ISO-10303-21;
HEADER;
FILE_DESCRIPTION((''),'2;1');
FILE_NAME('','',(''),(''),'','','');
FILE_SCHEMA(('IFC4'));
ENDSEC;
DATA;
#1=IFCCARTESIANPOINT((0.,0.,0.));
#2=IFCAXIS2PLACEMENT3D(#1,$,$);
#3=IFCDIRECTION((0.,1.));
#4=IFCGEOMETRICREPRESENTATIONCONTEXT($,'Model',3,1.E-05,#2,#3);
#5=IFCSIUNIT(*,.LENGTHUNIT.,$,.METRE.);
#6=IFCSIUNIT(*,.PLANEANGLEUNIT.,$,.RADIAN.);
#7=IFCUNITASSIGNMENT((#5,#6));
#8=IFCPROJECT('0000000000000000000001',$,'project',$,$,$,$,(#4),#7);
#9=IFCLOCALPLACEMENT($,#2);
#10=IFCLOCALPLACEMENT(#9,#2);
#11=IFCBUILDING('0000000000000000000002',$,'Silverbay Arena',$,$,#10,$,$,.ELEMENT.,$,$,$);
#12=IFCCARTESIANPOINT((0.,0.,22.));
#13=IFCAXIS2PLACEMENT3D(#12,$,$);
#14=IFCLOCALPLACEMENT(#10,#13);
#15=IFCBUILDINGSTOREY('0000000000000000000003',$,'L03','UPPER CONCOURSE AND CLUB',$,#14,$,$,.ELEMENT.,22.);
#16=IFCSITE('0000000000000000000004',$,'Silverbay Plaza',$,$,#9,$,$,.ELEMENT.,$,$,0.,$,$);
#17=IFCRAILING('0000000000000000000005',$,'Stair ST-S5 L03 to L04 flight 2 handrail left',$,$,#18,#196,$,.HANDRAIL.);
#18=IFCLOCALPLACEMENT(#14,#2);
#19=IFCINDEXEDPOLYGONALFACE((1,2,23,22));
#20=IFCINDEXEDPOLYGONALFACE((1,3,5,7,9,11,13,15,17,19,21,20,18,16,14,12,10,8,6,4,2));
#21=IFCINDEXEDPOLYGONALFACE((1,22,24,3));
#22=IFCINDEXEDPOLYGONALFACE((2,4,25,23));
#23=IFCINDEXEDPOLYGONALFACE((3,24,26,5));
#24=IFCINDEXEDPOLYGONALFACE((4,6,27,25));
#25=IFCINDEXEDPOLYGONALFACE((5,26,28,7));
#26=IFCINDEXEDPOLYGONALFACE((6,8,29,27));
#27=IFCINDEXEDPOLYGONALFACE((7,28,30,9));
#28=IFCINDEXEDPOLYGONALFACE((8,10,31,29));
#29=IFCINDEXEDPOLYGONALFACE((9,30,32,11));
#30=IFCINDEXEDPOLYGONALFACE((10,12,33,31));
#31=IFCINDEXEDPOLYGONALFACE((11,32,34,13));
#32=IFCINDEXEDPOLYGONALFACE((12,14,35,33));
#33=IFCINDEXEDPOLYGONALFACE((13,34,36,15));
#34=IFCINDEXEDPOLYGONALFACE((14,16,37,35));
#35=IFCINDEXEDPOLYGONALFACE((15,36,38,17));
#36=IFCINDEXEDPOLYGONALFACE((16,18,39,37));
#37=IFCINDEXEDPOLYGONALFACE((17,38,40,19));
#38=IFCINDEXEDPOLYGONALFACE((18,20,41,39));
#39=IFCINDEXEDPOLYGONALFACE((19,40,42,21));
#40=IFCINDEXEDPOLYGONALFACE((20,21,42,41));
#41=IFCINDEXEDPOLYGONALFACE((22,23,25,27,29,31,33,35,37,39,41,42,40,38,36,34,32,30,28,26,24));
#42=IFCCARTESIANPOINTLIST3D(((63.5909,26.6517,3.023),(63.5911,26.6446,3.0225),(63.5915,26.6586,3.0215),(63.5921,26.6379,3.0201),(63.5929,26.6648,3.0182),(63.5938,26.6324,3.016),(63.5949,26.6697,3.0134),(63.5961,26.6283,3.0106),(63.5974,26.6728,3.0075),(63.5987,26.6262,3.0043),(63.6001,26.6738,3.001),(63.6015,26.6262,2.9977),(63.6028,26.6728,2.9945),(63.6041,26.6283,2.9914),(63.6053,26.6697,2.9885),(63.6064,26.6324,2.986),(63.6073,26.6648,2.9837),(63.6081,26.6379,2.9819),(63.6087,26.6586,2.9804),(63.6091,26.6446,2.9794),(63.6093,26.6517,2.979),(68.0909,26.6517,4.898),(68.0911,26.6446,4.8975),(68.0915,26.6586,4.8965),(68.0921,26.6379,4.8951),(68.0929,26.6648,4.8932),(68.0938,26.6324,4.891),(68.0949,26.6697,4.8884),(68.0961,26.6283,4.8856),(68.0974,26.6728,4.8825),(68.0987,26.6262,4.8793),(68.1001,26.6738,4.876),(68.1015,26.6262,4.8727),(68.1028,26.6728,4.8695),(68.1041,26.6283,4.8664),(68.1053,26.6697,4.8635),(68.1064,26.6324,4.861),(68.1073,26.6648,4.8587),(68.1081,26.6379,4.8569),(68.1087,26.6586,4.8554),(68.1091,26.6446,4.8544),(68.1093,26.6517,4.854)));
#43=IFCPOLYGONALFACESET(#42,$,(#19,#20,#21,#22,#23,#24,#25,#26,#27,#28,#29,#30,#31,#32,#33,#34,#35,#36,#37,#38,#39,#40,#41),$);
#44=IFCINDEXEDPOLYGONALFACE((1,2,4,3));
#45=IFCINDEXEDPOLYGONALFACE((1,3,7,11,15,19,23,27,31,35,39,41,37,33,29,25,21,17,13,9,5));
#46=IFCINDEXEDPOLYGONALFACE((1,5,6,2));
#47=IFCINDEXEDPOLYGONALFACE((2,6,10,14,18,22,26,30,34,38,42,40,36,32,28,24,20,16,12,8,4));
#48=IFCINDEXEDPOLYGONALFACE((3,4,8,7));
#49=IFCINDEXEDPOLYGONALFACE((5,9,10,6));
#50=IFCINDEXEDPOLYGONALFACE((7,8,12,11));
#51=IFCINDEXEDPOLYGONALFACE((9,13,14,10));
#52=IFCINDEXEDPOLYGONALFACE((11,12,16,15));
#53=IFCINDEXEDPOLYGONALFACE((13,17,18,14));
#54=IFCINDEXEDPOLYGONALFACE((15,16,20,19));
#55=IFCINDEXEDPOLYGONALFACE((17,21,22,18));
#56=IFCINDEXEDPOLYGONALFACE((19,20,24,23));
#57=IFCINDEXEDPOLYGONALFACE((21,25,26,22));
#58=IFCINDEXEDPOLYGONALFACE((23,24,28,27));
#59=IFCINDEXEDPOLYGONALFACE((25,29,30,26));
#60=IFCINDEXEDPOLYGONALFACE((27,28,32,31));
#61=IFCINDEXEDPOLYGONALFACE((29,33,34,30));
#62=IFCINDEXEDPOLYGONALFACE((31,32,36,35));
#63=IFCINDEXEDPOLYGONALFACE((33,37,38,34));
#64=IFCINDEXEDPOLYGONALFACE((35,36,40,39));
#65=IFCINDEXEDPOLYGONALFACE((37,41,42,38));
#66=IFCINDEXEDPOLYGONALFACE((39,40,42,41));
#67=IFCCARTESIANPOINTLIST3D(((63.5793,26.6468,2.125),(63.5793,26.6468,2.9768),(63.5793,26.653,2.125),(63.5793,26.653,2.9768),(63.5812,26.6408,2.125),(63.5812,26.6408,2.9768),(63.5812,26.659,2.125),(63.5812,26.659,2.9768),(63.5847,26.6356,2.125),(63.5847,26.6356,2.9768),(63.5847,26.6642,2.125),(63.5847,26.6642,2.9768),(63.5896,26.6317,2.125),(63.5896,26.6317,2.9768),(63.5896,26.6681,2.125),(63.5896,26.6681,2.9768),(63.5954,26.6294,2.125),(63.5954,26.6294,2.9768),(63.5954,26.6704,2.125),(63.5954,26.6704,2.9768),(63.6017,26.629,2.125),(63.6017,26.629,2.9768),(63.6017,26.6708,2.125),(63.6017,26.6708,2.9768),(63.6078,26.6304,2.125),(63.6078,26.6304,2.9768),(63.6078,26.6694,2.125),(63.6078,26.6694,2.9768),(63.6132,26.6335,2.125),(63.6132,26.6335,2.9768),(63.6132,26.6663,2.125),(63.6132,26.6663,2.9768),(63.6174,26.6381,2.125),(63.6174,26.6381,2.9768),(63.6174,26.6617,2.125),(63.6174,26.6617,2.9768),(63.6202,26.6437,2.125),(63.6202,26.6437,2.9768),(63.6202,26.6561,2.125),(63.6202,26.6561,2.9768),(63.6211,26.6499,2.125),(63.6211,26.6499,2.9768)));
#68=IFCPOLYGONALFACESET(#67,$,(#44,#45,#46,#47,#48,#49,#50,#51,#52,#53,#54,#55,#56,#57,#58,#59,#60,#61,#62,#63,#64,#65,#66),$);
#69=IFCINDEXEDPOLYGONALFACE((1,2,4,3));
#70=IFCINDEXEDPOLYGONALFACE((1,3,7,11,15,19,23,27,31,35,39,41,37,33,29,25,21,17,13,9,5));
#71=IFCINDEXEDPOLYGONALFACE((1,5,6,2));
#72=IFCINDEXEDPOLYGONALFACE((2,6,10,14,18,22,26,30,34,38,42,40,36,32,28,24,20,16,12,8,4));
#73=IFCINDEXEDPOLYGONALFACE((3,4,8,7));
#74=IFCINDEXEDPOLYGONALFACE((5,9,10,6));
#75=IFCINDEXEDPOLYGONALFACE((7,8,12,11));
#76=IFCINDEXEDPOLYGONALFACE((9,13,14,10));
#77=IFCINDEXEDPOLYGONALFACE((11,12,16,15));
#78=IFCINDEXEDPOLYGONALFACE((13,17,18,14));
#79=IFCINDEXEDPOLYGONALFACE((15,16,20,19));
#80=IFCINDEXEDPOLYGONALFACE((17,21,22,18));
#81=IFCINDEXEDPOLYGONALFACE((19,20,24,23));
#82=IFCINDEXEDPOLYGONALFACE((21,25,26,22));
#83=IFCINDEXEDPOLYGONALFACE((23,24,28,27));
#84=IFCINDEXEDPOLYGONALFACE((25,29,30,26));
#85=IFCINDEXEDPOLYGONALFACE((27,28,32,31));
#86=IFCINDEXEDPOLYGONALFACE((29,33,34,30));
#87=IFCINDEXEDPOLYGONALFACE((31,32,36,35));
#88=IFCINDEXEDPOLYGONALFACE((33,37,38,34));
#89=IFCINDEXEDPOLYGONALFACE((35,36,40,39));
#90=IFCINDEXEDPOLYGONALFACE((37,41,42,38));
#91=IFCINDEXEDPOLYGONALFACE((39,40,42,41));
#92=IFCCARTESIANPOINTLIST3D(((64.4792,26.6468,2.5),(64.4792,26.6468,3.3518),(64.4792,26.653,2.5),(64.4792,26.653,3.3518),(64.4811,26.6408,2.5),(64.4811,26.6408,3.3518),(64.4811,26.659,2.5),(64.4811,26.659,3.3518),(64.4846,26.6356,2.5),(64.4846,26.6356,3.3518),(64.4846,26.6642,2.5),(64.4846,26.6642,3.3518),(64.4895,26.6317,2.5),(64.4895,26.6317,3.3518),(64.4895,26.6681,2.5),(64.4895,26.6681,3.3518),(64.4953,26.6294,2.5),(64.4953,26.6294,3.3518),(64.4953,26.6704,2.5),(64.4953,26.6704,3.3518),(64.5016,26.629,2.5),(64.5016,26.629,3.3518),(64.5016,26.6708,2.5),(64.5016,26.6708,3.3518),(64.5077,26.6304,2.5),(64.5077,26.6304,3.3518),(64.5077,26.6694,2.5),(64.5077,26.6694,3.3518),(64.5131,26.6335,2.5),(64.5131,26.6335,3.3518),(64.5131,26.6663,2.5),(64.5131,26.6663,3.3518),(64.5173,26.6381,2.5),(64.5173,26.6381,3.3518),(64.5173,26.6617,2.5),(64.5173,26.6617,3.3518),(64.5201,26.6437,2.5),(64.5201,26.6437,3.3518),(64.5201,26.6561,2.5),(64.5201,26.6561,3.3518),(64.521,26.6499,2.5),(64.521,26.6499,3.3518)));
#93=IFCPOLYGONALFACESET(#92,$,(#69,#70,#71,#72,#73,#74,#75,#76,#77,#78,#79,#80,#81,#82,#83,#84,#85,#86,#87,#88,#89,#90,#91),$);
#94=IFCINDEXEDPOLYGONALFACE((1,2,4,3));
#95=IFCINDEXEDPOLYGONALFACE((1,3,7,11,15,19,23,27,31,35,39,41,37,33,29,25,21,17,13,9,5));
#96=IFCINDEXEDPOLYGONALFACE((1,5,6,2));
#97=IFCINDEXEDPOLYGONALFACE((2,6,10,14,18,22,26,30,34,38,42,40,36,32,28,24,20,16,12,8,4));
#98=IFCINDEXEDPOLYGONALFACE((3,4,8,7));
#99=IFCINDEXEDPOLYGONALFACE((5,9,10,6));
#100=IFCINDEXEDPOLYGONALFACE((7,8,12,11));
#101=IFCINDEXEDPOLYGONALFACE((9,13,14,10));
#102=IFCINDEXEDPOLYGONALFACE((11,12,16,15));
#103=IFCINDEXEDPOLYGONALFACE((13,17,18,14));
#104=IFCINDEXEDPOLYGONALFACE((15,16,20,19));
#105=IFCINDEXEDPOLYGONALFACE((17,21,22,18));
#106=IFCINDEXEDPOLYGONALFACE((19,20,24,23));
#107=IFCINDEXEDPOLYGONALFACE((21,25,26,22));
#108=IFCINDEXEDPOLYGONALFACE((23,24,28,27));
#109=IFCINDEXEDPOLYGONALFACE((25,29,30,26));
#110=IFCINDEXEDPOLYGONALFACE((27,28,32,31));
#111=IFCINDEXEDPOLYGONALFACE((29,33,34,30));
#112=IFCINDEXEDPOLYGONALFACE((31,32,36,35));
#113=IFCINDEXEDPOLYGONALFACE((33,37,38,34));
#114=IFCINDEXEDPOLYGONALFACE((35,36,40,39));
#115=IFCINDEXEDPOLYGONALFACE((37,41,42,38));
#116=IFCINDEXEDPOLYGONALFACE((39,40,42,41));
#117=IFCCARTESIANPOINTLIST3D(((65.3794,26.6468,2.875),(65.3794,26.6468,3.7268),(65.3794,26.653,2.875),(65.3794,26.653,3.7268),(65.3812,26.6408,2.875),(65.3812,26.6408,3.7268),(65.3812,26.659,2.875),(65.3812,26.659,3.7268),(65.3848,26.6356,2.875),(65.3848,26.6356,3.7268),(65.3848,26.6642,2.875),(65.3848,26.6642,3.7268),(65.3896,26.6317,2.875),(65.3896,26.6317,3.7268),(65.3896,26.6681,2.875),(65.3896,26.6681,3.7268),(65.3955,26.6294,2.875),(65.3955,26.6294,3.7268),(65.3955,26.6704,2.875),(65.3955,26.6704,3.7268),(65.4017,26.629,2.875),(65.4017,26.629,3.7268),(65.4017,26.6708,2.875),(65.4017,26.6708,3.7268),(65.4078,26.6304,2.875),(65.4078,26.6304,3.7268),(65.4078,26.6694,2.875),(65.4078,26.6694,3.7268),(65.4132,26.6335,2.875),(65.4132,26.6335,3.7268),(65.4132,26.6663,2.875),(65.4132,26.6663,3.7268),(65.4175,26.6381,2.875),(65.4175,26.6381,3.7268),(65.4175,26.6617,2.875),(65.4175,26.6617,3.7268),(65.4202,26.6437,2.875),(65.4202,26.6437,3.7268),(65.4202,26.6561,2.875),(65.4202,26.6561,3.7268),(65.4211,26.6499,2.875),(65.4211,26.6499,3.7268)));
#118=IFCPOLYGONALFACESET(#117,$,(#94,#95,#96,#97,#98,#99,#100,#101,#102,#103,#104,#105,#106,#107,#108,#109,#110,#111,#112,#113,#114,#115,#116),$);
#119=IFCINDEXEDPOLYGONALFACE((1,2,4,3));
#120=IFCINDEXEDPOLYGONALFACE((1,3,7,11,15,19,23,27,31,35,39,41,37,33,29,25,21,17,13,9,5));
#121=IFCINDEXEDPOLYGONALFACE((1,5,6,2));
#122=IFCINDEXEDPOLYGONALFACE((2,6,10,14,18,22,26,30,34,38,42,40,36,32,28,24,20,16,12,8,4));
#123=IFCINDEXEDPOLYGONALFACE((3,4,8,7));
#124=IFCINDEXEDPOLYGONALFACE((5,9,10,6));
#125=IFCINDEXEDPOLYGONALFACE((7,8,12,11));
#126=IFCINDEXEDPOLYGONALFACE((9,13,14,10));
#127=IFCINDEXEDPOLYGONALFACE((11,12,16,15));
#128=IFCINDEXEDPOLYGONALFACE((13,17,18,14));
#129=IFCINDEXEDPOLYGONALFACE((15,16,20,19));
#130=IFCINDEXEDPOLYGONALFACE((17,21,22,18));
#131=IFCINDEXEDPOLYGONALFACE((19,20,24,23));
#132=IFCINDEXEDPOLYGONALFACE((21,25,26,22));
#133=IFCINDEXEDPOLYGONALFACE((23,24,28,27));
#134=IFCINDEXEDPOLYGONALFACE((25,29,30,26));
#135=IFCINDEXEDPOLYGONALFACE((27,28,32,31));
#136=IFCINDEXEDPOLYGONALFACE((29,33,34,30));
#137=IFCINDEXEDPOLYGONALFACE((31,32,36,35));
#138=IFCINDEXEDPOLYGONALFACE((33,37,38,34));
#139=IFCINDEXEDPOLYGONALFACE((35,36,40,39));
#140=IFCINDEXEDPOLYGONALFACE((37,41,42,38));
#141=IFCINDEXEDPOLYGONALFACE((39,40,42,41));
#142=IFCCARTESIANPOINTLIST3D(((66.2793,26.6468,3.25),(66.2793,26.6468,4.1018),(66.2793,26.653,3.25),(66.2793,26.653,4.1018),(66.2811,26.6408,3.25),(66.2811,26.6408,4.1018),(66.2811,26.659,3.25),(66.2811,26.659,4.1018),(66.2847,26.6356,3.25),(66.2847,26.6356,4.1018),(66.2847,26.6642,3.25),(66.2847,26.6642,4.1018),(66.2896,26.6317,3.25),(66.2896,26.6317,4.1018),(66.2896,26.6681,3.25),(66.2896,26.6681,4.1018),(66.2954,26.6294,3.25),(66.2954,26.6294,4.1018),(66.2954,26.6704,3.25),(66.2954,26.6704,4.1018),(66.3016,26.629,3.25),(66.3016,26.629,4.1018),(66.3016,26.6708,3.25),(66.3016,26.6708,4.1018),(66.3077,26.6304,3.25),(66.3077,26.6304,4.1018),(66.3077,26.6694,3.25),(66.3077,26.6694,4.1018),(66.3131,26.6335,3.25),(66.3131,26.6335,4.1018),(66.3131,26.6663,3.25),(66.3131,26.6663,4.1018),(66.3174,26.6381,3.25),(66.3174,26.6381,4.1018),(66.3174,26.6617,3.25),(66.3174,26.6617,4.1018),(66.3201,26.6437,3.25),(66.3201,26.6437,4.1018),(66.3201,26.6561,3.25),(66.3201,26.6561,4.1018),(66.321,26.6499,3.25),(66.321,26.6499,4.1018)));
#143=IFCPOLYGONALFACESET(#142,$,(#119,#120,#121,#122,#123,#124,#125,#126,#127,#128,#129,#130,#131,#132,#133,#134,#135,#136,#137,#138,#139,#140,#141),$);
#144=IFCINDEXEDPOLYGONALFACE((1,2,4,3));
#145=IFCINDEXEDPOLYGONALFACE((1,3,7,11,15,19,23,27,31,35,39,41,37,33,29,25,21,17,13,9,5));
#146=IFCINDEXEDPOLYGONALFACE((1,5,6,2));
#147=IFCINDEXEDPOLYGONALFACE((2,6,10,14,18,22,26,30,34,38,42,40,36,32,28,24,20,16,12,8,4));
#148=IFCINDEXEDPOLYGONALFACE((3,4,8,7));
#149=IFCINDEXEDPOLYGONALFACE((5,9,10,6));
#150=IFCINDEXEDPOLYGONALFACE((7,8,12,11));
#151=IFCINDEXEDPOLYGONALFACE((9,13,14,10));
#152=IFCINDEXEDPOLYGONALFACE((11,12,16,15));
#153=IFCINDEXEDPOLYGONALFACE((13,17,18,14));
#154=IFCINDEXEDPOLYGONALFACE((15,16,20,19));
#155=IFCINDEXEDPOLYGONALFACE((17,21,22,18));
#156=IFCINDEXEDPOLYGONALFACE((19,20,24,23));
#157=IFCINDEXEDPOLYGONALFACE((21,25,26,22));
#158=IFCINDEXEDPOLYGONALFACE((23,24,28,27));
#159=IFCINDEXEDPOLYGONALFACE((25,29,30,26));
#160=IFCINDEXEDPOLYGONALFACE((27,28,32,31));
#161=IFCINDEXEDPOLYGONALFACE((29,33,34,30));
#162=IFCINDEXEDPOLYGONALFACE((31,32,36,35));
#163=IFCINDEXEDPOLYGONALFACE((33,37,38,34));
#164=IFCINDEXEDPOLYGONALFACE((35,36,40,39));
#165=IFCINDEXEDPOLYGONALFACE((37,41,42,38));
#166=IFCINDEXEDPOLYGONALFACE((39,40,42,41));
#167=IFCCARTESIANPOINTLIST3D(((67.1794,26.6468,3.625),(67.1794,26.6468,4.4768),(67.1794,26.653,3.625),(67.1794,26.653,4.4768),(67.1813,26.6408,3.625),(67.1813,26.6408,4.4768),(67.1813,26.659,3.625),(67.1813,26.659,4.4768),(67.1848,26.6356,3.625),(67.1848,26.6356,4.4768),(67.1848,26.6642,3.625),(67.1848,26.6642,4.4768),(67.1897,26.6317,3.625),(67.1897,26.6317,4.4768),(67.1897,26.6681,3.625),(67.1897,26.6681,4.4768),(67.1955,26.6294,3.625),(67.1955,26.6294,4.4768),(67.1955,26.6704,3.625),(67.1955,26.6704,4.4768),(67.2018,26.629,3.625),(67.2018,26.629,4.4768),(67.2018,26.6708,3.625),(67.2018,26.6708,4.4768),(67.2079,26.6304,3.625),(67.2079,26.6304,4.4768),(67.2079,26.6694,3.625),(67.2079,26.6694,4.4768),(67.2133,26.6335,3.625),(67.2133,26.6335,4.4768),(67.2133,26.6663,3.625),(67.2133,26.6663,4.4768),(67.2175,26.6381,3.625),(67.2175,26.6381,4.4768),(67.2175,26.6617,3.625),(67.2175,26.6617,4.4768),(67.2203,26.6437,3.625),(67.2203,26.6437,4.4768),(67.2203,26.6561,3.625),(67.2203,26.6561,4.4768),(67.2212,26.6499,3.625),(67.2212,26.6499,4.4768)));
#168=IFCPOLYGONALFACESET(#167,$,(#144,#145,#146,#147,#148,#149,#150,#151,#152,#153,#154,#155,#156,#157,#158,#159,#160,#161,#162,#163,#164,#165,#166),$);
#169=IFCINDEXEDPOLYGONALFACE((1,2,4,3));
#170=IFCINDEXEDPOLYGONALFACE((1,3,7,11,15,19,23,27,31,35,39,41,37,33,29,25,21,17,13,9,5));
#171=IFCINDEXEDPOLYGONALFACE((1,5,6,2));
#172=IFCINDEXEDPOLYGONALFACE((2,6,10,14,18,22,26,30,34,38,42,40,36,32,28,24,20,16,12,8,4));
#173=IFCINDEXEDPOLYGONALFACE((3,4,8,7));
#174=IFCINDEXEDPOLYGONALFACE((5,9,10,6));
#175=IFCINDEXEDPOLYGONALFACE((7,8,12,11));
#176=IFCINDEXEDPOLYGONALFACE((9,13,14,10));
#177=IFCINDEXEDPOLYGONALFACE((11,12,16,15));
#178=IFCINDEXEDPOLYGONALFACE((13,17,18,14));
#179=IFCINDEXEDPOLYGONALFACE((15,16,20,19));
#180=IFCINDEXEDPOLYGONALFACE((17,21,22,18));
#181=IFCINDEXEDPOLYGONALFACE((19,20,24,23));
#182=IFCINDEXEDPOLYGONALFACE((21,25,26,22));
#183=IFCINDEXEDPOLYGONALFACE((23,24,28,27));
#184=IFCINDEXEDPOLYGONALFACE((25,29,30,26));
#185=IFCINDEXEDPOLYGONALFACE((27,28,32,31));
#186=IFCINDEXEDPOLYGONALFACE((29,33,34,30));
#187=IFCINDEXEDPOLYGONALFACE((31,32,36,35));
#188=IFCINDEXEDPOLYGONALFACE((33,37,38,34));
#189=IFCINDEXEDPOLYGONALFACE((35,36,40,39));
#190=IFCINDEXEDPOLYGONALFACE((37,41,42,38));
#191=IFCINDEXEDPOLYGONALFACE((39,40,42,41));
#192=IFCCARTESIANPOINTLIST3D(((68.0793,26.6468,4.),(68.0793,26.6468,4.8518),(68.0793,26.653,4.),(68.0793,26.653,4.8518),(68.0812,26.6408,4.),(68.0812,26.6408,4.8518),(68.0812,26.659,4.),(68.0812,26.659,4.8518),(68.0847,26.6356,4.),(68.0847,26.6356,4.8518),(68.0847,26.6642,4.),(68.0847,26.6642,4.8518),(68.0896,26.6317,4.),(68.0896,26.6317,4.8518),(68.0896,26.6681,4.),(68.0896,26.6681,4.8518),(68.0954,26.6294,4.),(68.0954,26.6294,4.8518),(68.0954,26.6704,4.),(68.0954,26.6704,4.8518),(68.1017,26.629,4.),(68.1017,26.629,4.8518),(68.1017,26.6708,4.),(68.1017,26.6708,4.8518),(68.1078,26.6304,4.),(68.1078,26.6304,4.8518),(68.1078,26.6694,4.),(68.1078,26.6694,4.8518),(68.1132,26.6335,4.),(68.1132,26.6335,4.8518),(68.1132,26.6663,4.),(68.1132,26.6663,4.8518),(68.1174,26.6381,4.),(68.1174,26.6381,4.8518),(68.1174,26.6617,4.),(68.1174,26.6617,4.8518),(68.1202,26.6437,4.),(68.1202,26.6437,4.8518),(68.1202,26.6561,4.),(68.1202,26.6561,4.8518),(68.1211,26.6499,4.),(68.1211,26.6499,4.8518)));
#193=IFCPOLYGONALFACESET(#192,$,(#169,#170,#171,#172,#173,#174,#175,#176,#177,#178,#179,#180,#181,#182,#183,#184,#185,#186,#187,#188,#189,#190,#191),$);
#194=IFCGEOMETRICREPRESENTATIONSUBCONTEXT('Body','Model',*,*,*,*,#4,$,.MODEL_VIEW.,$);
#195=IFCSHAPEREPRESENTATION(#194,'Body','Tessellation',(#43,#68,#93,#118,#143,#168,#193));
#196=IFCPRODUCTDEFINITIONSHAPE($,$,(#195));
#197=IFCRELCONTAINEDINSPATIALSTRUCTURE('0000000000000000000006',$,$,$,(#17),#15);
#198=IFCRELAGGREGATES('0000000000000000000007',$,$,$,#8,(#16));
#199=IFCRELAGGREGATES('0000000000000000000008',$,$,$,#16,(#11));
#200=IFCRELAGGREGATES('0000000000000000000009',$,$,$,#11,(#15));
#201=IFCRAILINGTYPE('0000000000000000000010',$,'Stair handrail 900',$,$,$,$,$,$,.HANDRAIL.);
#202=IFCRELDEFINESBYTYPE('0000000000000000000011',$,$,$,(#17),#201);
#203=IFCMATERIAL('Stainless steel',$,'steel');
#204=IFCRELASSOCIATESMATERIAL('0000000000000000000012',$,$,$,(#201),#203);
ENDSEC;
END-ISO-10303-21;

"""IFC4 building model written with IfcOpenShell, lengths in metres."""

from ifc_helpers import new_model, si_unit, direction, frame, origin, origin_2d, place, context, subcontext, project, spatial, circle, extrude, material, type_object, element, save


model = new_model("IFC4")

# Units and contexts
model_context = context("Model", 3, precision=1e-05, world=origin(), true_north=direction((0.0, 1.0)))
body_context = subcontext(model_context, "Body", "Model", "MODEL_VIEW")
ifc_project = project(units=[si_unit("LENGTHUNIT", "METRE"), si_unit("PLANEANGLEUNIT", "RADIAN")], contexts=[model_context])

# Site, building, storey
site_placement = place(None, origin())
site = spatial("IfcSite", under=ifc_project, at=site_placement, Name="Silverbay Plaza", CompositionType="ELEMENT", RefElevation=0.0)
building_placement = place(site_placement, origin())
building = spatial("IfcBuilding", under=site, at=building_placement, Name="Silverbay Arena", CompositionType="ELEMENT")
storey_placement = place(building_placement, frame((0.0, 0.0, 22.0)))
storey = spatial("IfcBuildingStorey", under=building, at=storey_placement, Name="L03", Description="UPPER CONCOURSE AND CLUB", CompositionType="ELEMENT", Elevation=22.0)

# Railing
ifc_material_1 = material(Name="Stainless steel", Category="steel")
railing_type_1 = type_object("IfcRailingType", Name="Stair handrail 900", PredefinedType="HANDRAIL", material=ifc_material_1)
for number, where, name in (
    (1, (63.6001, 26.6499, 2.125), "Stair ST-S5 L03 to L04 flight 2 handrail left"),
):
    element("IfcRailing", number, at=place(storey_placement, frame(where)), inside=storey, type_object=railing_type_1, Name=name, PredefinedType="HANDRAIL", context=body_context, shape_type="SweptSolid", body=[
        extrude(circle(Radius=0.0239, at=origin_2d()), frame((0.0, 0.0, 0.876), z_axis=(0.923077, 0.0, 0.384615), x_axis=(0.0, 1.0, 0.0)), (0.0, 0.0, 1.0), 4.875),
        extrude(circle(Radius=0.021, at=origin_2d()), origin(), (0.0, 0.0, 1.0), 0.8518),
        extrude(circle(Radius=0.021, at=origin_2d()), frame((0.8999, 0.0, 0.375)), (0.0, 0.0, 1.0), 0.8518),
        extrude(circle(Radius=0.021, at=origin_2d()), frame((1.8, 0.0, 0.75)), (0.0, 0.0, 1.0), 0.8518),
        extrude(circle(Radius=0.021, at=origin_2d()), frame((2.7, 0.0, 1.125)), (0.0, 0.0, 1.0), 0.8518),
        extrude(circle(Radius=0.021, at=origin_2d()), frame((3.6001, 0.0, 1.5)), (0.0, 0.0, 1.0), 0.8518),
        extrude(circle(Radius=0.021, at=origin_2d()), frame((4.5, 0.0, 1.875)), (0.0, 0.0, 1.0), 0.8518),
    ])

save(model, "model.ifc")
